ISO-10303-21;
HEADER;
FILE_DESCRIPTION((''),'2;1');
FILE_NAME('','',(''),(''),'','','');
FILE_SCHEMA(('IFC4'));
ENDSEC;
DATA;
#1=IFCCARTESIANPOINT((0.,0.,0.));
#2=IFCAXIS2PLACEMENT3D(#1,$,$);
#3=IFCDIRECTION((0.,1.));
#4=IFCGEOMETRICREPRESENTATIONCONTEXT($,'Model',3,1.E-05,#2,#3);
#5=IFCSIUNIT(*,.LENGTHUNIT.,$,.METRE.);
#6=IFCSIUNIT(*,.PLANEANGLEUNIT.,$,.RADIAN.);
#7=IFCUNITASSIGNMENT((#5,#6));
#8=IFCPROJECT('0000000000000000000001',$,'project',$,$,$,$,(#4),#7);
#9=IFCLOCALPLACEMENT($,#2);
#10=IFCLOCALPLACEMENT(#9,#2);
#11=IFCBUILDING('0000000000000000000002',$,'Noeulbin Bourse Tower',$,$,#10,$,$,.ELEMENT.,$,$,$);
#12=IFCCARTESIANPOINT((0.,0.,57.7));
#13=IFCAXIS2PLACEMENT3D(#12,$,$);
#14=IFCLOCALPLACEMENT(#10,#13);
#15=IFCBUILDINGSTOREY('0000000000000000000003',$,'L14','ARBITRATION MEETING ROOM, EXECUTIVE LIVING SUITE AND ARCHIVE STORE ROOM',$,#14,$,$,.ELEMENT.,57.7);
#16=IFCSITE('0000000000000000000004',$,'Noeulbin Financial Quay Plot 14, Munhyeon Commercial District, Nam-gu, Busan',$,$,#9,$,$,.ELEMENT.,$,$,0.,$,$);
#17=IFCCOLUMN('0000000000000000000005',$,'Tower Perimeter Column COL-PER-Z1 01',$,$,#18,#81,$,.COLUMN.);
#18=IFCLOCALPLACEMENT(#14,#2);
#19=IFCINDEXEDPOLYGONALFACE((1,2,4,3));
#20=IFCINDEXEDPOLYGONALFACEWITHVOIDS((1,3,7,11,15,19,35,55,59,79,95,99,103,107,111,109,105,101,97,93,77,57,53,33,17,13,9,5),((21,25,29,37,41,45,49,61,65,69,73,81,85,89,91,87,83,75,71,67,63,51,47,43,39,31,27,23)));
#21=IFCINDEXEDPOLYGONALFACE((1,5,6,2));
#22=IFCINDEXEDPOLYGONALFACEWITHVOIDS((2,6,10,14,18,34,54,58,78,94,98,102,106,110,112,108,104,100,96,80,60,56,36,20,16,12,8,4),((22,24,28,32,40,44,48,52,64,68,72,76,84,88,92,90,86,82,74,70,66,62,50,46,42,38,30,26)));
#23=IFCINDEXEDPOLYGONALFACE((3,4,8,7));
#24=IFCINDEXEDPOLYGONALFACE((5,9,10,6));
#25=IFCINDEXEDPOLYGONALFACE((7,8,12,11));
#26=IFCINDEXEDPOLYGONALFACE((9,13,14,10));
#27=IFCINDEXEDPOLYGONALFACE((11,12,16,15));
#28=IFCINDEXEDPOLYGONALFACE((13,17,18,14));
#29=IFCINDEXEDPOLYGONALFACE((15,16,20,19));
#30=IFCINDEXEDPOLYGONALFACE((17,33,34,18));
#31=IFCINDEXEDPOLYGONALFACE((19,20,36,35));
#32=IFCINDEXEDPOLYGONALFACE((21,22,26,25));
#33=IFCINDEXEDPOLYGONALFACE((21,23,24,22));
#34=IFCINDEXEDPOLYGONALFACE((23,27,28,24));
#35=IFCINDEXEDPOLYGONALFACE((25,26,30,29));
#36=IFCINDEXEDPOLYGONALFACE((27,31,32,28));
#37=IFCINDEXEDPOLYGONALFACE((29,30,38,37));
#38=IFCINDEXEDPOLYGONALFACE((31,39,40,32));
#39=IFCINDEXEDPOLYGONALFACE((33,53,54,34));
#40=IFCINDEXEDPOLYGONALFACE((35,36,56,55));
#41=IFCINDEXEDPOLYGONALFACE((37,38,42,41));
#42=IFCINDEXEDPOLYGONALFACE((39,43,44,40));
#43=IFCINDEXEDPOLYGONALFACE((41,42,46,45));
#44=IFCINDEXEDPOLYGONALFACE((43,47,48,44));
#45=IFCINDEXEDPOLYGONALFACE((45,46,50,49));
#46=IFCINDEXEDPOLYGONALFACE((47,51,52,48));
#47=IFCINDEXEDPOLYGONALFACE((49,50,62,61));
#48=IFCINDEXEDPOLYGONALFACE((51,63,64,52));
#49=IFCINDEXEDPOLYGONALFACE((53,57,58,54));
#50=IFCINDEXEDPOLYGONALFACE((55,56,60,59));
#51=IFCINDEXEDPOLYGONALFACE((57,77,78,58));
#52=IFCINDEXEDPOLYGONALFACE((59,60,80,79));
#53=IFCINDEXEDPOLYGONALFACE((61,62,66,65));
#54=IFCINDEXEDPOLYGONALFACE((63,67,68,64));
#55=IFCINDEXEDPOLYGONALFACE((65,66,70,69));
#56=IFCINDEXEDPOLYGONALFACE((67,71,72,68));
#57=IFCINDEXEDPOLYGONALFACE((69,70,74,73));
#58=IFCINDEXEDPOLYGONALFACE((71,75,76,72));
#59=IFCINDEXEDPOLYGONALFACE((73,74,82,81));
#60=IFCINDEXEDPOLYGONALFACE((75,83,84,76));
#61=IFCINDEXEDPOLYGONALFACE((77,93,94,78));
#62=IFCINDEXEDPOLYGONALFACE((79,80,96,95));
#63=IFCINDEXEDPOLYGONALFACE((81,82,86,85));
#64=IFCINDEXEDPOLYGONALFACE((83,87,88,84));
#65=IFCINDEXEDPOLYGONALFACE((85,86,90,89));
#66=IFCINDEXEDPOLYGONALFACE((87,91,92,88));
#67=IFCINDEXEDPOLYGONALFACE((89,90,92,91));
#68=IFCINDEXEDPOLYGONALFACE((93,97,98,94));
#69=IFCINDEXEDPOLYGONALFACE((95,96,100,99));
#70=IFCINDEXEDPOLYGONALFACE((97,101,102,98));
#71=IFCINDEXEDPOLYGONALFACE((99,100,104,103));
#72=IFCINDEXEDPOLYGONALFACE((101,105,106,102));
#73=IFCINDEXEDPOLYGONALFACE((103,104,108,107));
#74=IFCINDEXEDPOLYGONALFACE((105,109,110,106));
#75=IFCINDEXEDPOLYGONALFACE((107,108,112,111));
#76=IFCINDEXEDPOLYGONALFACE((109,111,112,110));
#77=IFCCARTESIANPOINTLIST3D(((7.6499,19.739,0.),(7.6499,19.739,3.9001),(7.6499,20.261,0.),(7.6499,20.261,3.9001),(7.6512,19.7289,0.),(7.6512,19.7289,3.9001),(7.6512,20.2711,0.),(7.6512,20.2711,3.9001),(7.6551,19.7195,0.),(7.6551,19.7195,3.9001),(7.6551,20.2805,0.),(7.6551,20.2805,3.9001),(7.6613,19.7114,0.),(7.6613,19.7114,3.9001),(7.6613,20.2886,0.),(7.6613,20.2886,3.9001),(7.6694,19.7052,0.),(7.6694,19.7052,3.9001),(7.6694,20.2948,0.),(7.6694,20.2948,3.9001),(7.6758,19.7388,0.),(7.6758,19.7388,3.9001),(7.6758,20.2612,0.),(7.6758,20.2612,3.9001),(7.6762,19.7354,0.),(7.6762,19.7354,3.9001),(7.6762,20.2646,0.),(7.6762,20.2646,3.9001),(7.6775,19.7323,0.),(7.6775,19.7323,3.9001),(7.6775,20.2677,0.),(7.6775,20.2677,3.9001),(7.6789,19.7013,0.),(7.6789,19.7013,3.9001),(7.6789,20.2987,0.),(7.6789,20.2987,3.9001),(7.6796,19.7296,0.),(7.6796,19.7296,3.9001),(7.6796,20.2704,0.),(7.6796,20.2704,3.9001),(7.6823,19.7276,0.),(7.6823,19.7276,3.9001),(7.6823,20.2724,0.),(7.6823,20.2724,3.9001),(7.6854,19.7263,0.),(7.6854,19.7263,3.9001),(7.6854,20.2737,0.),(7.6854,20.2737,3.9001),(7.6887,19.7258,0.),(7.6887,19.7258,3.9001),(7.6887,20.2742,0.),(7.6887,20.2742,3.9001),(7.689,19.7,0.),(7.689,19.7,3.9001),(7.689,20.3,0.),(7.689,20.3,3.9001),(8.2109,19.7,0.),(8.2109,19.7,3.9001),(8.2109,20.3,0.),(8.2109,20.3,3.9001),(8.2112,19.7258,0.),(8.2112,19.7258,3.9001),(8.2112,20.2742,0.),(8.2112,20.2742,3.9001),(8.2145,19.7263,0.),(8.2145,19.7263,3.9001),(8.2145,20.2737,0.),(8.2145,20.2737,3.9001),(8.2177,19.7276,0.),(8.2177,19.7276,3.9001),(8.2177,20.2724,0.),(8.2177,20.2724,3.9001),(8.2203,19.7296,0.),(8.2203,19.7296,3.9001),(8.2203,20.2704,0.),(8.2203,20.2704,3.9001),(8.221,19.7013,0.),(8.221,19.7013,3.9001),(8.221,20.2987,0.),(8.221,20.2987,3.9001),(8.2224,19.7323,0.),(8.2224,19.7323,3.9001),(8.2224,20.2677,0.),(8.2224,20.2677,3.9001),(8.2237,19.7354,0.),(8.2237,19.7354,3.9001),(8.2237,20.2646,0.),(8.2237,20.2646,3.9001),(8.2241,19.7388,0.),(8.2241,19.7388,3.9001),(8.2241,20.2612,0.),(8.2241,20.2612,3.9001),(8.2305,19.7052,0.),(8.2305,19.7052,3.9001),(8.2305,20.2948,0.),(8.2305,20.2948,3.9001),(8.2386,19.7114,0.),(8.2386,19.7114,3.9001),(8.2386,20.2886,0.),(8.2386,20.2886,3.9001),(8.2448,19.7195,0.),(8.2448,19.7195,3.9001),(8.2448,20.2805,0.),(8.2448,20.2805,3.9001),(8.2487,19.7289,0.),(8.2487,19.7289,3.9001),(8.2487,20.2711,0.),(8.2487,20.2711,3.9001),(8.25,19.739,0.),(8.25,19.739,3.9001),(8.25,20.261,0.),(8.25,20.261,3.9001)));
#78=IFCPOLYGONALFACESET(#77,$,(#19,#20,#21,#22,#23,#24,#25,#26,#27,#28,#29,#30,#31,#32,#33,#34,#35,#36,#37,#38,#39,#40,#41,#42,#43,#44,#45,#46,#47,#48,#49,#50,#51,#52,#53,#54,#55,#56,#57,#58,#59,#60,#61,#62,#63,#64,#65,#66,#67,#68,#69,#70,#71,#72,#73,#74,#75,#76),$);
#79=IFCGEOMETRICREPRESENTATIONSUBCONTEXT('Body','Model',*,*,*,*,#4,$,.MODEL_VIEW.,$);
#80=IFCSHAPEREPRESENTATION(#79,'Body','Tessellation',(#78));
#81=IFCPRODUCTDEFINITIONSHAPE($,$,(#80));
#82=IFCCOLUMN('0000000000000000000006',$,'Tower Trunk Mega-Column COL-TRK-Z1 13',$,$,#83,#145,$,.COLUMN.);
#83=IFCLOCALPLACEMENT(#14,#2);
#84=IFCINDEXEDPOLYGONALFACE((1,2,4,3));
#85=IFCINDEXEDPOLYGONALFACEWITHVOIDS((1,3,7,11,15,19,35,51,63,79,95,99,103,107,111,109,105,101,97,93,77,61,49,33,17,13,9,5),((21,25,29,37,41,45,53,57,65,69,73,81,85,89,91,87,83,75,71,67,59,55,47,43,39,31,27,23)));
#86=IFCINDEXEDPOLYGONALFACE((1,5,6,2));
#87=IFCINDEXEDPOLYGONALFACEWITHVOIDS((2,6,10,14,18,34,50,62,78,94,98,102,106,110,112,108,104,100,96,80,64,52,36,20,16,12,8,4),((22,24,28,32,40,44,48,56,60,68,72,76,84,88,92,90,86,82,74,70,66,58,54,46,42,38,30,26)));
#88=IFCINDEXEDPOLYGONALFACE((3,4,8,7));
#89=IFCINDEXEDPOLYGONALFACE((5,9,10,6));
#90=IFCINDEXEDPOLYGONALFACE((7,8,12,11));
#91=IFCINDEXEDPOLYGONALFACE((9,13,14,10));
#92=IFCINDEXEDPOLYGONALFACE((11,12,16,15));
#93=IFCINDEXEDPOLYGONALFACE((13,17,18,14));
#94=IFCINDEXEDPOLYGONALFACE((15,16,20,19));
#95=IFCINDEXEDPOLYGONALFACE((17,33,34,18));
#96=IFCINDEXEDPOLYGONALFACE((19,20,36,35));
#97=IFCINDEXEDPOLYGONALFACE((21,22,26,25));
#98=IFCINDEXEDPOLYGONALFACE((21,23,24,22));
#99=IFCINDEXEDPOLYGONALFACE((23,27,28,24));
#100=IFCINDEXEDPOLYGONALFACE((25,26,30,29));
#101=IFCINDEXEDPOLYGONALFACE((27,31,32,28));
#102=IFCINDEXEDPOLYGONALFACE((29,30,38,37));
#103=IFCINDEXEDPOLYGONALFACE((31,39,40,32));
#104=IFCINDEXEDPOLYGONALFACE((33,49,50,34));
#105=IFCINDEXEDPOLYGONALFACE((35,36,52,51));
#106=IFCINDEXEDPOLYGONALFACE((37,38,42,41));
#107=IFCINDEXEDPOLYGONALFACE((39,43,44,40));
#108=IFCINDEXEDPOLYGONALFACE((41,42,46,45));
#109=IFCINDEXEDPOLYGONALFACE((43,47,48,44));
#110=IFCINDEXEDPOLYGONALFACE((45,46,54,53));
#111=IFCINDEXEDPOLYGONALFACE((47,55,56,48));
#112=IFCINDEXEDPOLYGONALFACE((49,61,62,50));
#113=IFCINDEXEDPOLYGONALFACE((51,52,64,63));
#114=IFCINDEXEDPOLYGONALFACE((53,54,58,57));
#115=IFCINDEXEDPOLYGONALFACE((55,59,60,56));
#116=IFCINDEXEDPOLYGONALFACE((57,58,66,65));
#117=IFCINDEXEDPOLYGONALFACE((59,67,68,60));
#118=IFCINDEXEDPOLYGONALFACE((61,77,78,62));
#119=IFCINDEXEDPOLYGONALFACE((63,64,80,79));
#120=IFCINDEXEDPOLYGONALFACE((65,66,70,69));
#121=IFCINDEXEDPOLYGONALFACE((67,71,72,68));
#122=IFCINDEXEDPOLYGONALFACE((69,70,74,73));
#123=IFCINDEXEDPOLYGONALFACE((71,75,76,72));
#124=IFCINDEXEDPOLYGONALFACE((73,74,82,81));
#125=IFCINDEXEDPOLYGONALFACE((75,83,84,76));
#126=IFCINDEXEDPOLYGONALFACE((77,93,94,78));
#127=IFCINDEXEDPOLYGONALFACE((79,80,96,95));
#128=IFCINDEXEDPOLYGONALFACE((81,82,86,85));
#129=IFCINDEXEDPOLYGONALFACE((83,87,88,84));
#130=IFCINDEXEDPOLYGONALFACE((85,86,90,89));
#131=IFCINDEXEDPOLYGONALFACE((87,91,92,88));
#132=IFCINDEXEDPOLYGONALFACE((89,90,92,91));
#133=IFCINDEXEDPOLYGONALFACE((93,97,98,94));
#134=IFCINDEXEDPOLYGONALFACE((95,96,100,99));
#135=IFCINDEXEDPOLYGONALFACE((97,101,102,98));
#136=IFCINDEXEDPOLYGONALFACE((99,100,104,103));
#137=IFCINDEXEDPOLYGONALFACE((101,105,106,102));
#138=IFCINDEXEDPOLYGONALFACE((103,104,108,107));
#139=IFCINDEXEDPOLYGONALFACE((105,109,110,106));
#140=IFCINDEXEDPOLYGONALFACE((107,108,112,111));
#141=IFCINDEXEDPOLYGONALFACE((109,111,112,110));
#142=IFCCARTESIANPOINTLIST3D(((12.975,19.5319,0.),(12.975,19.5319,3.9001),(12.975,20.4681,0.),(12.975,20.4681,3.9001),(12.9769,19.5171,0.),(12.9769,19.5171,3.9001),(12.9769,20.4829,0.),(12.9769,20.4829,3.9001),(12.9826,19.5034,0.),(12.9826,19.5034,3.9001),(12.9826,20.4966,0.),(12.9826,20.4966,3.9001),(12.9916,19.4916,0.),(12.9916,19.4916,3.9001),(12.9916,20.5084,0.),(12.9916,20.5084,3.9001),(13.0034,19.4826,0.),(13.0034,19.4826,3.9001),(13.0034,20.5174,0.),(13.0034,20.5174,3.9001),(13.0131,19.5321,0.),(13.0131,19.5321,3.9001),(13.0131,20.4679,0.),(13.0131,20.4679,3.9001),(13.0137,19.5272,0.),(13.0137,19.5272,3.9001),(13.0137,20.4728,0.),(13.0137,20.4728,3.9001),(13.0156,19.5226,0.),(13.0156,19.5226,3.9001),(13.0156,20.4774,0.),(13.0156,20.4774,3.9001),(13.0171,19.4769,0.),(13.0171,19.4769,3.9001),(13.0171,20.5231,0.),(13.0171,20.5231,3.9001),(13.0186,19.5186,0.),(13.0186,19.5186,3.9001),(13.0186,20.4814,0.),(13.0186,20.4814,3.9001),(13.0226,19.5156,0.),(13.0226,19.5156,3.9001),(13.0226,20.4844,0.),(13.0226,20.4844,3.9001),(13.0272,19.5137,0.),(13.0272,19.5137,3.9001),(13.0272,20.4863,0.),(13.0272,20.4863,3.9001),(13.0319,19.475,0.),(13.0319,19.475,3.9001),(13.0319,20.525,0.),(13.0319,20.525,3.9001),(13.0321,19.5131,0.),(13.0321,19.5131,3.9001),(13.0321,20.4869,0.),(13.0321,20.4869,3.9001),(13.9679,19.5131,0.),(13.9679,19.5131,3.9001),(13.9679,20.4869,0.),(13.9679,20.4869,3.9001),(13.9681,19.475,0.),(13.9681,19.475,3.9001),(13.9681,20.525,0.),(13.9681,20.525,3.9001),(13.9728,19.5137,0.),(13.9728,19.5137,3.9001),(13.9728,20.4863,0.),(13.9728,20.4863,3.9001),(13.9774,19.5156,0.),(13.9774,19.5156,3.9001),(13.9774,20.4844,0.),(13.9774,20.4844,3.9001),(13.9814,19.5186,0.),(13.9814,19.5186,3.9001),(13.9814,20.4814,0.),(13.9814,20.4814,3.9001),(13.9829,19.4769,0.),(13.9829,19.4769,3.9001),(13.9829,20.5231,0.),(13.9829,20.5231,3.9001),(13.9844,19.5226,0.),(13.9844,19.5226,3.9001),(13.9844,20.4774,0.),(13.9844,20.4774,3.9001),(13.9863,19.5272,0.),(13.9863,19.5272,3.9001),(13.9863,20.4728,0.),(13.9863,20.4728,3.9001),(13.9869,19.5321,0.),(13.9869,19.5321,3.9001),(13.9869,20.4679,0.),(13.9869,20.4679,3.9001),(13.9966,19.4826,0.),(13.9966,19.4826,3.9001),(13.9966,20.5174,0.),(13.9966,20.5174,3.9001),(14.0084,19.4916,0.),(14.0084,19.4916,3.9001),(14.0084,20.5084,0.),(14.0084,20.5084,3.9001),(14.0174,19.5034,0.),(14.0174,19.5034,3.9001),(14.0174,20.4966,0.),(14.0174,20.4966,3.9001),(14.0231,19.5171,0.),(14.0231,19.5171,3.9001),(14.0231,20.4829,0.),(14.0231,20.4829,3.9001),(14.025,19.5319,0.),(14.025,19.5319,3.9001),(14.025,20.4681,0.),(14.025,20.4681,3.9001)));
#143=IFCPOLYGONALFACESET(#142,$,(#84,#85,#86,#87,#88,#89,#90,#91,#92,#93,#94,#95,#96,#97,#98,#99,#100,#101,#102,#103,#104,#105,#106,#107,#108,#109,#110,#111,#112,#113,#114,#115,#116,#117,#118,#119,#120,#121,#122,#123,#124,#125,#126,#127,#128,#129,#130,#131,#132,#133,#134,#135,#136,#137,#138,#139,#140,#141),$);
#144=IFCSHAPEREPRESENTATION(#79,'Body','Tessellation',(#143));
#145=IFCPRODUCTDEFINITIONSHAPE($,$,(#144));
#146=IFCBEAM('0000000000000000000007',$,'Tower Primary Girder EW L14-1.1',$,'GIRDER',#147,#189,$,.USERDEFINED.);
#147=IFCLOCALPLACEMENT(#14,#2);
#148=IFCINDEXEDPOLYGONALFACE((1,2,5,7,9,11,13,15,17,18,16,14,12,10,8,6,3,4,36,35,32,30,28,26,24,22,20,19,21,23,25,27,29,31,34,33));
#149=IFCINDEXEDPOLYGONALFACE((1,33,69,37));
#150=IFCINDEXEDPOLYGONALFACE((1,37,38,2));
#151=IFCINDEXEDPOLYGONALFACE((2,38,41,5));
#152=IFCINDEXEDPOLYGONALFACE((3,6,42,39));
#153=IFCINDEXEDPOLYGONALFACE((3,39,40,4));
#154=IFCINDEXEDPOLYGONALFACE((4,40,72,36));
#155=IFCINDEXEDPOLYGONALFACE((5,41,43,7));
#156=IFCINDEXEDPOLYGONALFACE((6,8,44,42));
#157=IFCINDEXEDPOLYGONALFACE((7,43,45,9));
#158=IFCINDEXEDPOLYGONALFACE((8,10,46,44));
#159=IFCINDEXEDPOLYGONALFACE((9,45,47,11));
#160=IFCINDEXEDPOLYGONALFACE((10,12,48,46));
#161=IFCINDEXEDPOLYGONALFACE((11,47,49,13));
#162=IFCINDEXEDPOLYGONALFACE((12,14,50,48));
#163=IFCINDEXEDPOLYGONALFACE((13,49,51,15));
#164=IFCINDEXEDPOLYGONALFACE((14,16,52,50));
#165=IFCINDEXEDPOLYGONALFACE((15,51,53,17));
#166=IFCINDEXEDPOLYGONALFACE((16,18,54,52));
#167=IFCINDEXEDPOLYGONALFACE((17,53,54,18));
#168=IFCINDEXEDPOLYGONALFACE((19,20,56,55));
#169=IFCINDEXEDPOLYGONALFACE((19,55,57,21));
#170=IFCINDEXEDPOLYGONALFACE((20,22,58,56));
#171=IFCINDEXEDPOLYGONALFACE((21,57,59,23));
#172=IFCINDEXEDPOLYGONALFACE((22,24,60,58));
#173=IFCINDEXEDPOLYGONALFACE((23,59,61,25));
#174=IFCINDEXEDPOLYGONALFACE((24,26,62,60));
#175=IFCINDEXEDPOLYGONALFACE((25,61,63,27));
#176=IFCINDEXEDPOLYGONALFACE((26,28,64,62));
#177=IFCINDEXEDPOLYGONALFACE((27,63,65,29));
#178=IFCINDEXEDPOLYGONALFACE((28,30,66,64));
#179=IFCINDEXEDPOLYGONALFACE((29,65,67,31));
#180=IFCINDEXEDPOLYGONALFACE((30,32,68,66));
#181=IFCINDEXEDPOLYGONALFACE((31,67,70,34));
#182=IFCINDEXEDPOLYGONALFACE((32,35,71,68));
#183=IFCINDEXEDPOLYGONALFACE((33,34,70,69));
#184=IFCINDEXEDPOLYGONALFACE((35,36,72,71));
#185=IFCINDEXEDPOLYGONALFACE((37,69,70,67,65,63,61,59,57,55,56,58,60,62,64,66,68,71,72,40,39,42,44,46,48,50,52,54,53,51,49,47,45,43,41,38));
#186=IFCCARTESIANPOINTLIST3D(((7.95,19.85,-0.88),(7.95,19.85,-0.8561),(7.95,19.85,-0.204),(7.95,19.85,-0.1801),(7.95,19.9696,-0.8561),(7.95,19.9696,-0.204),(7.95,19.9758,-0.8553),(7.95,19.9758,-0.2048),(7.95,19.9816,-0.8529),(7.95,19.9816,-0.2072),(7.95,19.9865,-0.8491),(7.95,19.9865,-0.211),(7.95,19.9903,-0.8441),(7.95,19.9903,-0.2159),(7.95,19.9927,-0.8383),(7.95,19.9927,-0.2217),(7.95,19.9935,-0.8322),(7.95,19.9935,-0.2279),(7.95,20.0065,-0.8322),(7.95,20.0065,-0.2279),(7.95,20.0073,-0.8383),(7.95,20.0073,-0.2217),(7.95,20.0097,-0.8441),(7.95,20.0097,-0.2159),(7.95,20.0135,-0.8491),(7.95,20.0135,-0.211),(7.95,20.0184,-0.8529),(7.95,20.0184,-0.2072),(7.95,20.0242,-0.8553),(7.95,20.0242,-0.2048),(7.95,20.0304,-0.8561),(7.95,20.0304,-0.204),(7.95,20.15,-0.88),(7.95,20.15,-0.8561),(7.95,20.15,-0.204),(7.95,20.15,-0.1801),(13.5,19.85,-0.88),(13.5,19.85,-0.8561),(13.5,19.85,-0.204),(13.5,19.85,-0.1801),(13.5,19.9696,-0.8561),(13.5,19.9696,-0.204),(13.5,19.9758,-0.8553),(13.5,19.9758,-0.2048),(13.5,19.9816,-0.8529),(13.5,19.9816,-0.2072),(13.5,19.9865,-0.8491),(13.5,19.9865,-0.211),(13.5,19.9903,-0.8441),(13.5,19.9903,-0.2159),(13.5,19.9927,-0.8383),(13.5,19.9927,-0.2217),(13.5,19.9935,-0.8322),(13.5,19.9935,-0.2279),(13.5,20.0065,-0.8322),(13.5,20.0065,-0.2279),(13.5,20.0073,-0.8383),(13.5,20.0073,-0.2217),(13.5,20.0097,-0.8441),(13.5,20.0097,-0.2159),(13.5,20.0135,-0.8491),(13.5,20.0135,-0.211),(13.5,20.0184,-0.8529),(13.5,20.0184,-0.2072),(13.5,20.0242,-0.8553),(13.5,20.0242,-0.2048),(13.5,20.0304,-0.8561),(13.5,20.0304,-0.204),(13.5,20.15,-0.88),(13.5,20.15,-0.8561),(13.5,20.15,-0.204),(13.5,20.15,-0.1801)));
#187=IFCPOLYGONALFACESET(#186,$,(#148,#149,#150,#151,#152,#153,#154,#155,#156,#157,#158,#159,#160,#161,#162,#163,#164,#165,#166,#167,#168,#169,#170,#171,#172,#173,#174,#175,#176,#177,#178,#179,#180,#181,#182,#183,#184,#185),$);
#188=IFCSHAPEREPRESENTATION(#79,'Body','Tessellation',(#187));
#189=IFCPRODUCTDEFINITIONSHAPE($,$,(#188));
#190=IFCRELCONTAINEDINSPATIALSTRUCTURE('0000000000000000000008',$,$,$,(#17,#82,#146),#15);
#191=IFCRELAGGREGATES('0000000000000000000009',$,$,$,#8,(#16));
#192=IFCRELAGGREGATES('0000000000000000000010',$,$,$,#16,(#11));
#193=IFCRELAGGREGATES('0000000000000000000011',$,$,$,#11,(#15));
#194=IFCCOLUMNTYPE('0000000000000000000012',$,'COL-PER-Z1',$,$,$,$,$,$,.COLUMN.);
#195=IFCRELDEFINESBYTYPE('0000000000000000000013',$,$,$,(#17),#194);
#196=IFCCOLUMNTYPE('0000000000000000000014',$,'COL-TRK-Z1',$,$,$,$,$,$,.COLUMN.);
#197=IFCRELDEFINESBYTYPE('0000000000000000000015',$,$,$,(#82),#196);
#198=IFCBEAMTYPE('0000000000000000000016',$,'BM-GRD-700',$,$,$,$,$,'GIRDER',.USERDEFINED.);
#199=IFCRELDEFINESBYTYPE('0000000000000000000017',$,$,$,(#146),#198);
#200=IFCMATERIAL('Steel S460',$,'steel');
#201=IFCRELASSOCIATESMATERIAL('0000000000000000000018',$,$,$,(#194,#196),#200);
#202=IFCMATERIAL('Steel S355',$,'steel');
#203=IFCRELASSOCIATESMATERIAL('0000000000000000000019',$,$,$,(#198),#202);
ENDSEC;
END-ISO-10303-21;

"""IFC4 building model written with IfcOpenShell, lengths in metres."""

from ifc_helpers import new_model, si_unit, direction, frame, origin, origin_2d, place, context, subcontext, project, spatial, hollow_rectangle, i_section, extrude, material, material_profile, profile_set, type_object, element, save


model = new_model("IFC4")

# Units and contexts
model_context = context("Model", 3, precision=1e-05, world=origin(), true_north=direction((0.0, 1.0)))
body_context = subcontext(model_context, "Body", "Model", "MODEL_VIEW")
ifc_project = project(units=[si_unit("LENGTHUNIT", "METRE"), si_unit("PLANEANGLEUNIT", "RADIAN")], contexts=[model_context])

# Site, building, storey
site_placement = place(None, origin())
site = spatial("IfcSite", under=ifc_project, at=site_placement, Name="Noeulbin Financial Quay Plot 14, Munhyeon Commercial District, Nam-gu, Busan", CompositionType="ELEMENT", RefElevation=0.0)
building_placement = place(site_placement, origin())
building = spatial("IfcBuilding", under=site, at=building_placement, Name="Noeulbin Bourse Tower", CompositionType="ELEMENT")
storey_placement = place(building_placement, frame((0.0, 0.0, 57.7)))
storey = spatial("IfcBuildingStorey", under=building, at=storey_placement, Name="L14", Description="ARBITRATION MEETING ROOM, EXECUTIVE LIVING SUITE AND ARCHIVE STORE ROOM", CompositionType="ELEMENT", Elevation=57.7)

# Columns
ifc_material_1 = material(Name="Steel S460", Category="steel")
ifc_material_profile_1 = material_profile(ifc_material_1, hollow_rectangle(XDim=0.6001, YDim=0.6001, WallThickness=0.0259, InnerFilletRadius=0.0129, OuterFilletRadius=0.0391, at=origin_2d()), Name="BOX-600x600x26", Category="LoadBearing")
ifc_profile_set_1 = profile_set([ifc_material_profile_1], Name="Steel S460")
column_type_1 = type_object("IfcColumnType", Name="COL-PER-Z1", PredefinedType="COLUMN", material=ifc_profile_set_1)
column_1_placement = place(storey_placement, frame((7.95, 20.0, 0.0), z_axis=(0.0, 0.0, 1.0), x_axis=(1.0, 0.0, 0.0)))
element("IfcColumn", 1, at=column_1_placement, inside=storey, type_object=column_type_1, Name="Tower Perimeter Column COL-PER-Z1 01", PredefinedType="COLUMN", context=body_context, shape_type="SweptSolid", body=[
    extrude(hollow_rectangle(XDim=0.6001, YDim=0.6001, WallThickness=0.0259, InnerFilletRadius=0.0129, OuterFilletRadius=0.0391, at=origin_2d()), origin(), (0.0, 0.0, 1.0), 3.9001),
])
ifc_material_profile_2 = material_profile(ifc_material_1, hollow_rectangle(XDim=1.05, YDim=1.05, WallThickness=0.0381, InnerFilletRadius=0.019, OuterFilletRadius=0.0569, at=origin_2d()), Name="BOX-1050x1050x38", Category="LoadBearing")
ifc_profile_set_2 = profile_set([ifc_material_profile_2], Name="Steel S460")
column_type_2 = type_object("IfcColumnType", Name="COL-TRK-Z1", PredefinedType="COLUMN", material=ifc_profile_set_2)
column_2_placement = place(storey_placement, frame((13.5, 20.0, 0.0), z_axis=(0.0, 0.0, 1.0), x_axis=(1.0, 0.0, 0.0)))
element("IfcColumn", 2, at=column_2_placement, inside=storey, type_object=column_type_2, Name="Tower Trunk Mega-Column COL-TRK-Z1 13", PredefinedType="COLUMN", context=body_context, shape_type="SweptSolid", body=[
    extrude(hollow_rectangle(XDim=1.05, YDim=1.05, WallThickness=0.0381, InnerFilletRadius=0.019, OuterFilletRadius=0.0569, at=origin_2d()), origin(), (0.0, 0.0, 1.0), 3.9001),
])

# Beam
ifc_material_2 = material(Name="Steel S355", Category="steel")
ifc_material_profile_3 = material_profile(ifc_material_2, i_section(OverallWidth=0.3, OverallDepth=0.7, WebThickness=0.0129, FlangeThickness=0.0239, FilletRadius=0.0239, at=origin_2d()), Name="H-700x300x13x24", Category="LoadBearing")
ifc_profile_set_3 = profile_set([ifc_material_profile_3], Name="Steel S355")
beam_type_1 = type_object("IfcBeamType", Name="BM-GRD-700", ElementType="GIRDER", PredefinedType="USERDEFINED", material=ifc_profile_set_3)
beam_1_placement = place(storey_placement, frame((7.95, 20.0, -0.53), z_axis=(1.0, 0.0, 0.0), x_axis=(0.0, 1.0, 0.0)))
element("IfcBeam", 3, at=beam_1_placement, inside=storey, type_object=beam_type_1, Name="Tower Primary Girder EW L14-1.1", ObjectType="GIRDER", PredefinedType="USERDEFINED", context=body_context, shape_type="SweptSolid", body=[
    extrude(i_section(OverallWidth=0.3, OverallDepth=0.7, WebThickness=0.0129, FlangeThickness=0.0239, FilletRadius=0.0239, at=origin_2d()), origin(), (0.0, 0.0, 1.0), 5.55),
])

save(model, "model.ifc")
